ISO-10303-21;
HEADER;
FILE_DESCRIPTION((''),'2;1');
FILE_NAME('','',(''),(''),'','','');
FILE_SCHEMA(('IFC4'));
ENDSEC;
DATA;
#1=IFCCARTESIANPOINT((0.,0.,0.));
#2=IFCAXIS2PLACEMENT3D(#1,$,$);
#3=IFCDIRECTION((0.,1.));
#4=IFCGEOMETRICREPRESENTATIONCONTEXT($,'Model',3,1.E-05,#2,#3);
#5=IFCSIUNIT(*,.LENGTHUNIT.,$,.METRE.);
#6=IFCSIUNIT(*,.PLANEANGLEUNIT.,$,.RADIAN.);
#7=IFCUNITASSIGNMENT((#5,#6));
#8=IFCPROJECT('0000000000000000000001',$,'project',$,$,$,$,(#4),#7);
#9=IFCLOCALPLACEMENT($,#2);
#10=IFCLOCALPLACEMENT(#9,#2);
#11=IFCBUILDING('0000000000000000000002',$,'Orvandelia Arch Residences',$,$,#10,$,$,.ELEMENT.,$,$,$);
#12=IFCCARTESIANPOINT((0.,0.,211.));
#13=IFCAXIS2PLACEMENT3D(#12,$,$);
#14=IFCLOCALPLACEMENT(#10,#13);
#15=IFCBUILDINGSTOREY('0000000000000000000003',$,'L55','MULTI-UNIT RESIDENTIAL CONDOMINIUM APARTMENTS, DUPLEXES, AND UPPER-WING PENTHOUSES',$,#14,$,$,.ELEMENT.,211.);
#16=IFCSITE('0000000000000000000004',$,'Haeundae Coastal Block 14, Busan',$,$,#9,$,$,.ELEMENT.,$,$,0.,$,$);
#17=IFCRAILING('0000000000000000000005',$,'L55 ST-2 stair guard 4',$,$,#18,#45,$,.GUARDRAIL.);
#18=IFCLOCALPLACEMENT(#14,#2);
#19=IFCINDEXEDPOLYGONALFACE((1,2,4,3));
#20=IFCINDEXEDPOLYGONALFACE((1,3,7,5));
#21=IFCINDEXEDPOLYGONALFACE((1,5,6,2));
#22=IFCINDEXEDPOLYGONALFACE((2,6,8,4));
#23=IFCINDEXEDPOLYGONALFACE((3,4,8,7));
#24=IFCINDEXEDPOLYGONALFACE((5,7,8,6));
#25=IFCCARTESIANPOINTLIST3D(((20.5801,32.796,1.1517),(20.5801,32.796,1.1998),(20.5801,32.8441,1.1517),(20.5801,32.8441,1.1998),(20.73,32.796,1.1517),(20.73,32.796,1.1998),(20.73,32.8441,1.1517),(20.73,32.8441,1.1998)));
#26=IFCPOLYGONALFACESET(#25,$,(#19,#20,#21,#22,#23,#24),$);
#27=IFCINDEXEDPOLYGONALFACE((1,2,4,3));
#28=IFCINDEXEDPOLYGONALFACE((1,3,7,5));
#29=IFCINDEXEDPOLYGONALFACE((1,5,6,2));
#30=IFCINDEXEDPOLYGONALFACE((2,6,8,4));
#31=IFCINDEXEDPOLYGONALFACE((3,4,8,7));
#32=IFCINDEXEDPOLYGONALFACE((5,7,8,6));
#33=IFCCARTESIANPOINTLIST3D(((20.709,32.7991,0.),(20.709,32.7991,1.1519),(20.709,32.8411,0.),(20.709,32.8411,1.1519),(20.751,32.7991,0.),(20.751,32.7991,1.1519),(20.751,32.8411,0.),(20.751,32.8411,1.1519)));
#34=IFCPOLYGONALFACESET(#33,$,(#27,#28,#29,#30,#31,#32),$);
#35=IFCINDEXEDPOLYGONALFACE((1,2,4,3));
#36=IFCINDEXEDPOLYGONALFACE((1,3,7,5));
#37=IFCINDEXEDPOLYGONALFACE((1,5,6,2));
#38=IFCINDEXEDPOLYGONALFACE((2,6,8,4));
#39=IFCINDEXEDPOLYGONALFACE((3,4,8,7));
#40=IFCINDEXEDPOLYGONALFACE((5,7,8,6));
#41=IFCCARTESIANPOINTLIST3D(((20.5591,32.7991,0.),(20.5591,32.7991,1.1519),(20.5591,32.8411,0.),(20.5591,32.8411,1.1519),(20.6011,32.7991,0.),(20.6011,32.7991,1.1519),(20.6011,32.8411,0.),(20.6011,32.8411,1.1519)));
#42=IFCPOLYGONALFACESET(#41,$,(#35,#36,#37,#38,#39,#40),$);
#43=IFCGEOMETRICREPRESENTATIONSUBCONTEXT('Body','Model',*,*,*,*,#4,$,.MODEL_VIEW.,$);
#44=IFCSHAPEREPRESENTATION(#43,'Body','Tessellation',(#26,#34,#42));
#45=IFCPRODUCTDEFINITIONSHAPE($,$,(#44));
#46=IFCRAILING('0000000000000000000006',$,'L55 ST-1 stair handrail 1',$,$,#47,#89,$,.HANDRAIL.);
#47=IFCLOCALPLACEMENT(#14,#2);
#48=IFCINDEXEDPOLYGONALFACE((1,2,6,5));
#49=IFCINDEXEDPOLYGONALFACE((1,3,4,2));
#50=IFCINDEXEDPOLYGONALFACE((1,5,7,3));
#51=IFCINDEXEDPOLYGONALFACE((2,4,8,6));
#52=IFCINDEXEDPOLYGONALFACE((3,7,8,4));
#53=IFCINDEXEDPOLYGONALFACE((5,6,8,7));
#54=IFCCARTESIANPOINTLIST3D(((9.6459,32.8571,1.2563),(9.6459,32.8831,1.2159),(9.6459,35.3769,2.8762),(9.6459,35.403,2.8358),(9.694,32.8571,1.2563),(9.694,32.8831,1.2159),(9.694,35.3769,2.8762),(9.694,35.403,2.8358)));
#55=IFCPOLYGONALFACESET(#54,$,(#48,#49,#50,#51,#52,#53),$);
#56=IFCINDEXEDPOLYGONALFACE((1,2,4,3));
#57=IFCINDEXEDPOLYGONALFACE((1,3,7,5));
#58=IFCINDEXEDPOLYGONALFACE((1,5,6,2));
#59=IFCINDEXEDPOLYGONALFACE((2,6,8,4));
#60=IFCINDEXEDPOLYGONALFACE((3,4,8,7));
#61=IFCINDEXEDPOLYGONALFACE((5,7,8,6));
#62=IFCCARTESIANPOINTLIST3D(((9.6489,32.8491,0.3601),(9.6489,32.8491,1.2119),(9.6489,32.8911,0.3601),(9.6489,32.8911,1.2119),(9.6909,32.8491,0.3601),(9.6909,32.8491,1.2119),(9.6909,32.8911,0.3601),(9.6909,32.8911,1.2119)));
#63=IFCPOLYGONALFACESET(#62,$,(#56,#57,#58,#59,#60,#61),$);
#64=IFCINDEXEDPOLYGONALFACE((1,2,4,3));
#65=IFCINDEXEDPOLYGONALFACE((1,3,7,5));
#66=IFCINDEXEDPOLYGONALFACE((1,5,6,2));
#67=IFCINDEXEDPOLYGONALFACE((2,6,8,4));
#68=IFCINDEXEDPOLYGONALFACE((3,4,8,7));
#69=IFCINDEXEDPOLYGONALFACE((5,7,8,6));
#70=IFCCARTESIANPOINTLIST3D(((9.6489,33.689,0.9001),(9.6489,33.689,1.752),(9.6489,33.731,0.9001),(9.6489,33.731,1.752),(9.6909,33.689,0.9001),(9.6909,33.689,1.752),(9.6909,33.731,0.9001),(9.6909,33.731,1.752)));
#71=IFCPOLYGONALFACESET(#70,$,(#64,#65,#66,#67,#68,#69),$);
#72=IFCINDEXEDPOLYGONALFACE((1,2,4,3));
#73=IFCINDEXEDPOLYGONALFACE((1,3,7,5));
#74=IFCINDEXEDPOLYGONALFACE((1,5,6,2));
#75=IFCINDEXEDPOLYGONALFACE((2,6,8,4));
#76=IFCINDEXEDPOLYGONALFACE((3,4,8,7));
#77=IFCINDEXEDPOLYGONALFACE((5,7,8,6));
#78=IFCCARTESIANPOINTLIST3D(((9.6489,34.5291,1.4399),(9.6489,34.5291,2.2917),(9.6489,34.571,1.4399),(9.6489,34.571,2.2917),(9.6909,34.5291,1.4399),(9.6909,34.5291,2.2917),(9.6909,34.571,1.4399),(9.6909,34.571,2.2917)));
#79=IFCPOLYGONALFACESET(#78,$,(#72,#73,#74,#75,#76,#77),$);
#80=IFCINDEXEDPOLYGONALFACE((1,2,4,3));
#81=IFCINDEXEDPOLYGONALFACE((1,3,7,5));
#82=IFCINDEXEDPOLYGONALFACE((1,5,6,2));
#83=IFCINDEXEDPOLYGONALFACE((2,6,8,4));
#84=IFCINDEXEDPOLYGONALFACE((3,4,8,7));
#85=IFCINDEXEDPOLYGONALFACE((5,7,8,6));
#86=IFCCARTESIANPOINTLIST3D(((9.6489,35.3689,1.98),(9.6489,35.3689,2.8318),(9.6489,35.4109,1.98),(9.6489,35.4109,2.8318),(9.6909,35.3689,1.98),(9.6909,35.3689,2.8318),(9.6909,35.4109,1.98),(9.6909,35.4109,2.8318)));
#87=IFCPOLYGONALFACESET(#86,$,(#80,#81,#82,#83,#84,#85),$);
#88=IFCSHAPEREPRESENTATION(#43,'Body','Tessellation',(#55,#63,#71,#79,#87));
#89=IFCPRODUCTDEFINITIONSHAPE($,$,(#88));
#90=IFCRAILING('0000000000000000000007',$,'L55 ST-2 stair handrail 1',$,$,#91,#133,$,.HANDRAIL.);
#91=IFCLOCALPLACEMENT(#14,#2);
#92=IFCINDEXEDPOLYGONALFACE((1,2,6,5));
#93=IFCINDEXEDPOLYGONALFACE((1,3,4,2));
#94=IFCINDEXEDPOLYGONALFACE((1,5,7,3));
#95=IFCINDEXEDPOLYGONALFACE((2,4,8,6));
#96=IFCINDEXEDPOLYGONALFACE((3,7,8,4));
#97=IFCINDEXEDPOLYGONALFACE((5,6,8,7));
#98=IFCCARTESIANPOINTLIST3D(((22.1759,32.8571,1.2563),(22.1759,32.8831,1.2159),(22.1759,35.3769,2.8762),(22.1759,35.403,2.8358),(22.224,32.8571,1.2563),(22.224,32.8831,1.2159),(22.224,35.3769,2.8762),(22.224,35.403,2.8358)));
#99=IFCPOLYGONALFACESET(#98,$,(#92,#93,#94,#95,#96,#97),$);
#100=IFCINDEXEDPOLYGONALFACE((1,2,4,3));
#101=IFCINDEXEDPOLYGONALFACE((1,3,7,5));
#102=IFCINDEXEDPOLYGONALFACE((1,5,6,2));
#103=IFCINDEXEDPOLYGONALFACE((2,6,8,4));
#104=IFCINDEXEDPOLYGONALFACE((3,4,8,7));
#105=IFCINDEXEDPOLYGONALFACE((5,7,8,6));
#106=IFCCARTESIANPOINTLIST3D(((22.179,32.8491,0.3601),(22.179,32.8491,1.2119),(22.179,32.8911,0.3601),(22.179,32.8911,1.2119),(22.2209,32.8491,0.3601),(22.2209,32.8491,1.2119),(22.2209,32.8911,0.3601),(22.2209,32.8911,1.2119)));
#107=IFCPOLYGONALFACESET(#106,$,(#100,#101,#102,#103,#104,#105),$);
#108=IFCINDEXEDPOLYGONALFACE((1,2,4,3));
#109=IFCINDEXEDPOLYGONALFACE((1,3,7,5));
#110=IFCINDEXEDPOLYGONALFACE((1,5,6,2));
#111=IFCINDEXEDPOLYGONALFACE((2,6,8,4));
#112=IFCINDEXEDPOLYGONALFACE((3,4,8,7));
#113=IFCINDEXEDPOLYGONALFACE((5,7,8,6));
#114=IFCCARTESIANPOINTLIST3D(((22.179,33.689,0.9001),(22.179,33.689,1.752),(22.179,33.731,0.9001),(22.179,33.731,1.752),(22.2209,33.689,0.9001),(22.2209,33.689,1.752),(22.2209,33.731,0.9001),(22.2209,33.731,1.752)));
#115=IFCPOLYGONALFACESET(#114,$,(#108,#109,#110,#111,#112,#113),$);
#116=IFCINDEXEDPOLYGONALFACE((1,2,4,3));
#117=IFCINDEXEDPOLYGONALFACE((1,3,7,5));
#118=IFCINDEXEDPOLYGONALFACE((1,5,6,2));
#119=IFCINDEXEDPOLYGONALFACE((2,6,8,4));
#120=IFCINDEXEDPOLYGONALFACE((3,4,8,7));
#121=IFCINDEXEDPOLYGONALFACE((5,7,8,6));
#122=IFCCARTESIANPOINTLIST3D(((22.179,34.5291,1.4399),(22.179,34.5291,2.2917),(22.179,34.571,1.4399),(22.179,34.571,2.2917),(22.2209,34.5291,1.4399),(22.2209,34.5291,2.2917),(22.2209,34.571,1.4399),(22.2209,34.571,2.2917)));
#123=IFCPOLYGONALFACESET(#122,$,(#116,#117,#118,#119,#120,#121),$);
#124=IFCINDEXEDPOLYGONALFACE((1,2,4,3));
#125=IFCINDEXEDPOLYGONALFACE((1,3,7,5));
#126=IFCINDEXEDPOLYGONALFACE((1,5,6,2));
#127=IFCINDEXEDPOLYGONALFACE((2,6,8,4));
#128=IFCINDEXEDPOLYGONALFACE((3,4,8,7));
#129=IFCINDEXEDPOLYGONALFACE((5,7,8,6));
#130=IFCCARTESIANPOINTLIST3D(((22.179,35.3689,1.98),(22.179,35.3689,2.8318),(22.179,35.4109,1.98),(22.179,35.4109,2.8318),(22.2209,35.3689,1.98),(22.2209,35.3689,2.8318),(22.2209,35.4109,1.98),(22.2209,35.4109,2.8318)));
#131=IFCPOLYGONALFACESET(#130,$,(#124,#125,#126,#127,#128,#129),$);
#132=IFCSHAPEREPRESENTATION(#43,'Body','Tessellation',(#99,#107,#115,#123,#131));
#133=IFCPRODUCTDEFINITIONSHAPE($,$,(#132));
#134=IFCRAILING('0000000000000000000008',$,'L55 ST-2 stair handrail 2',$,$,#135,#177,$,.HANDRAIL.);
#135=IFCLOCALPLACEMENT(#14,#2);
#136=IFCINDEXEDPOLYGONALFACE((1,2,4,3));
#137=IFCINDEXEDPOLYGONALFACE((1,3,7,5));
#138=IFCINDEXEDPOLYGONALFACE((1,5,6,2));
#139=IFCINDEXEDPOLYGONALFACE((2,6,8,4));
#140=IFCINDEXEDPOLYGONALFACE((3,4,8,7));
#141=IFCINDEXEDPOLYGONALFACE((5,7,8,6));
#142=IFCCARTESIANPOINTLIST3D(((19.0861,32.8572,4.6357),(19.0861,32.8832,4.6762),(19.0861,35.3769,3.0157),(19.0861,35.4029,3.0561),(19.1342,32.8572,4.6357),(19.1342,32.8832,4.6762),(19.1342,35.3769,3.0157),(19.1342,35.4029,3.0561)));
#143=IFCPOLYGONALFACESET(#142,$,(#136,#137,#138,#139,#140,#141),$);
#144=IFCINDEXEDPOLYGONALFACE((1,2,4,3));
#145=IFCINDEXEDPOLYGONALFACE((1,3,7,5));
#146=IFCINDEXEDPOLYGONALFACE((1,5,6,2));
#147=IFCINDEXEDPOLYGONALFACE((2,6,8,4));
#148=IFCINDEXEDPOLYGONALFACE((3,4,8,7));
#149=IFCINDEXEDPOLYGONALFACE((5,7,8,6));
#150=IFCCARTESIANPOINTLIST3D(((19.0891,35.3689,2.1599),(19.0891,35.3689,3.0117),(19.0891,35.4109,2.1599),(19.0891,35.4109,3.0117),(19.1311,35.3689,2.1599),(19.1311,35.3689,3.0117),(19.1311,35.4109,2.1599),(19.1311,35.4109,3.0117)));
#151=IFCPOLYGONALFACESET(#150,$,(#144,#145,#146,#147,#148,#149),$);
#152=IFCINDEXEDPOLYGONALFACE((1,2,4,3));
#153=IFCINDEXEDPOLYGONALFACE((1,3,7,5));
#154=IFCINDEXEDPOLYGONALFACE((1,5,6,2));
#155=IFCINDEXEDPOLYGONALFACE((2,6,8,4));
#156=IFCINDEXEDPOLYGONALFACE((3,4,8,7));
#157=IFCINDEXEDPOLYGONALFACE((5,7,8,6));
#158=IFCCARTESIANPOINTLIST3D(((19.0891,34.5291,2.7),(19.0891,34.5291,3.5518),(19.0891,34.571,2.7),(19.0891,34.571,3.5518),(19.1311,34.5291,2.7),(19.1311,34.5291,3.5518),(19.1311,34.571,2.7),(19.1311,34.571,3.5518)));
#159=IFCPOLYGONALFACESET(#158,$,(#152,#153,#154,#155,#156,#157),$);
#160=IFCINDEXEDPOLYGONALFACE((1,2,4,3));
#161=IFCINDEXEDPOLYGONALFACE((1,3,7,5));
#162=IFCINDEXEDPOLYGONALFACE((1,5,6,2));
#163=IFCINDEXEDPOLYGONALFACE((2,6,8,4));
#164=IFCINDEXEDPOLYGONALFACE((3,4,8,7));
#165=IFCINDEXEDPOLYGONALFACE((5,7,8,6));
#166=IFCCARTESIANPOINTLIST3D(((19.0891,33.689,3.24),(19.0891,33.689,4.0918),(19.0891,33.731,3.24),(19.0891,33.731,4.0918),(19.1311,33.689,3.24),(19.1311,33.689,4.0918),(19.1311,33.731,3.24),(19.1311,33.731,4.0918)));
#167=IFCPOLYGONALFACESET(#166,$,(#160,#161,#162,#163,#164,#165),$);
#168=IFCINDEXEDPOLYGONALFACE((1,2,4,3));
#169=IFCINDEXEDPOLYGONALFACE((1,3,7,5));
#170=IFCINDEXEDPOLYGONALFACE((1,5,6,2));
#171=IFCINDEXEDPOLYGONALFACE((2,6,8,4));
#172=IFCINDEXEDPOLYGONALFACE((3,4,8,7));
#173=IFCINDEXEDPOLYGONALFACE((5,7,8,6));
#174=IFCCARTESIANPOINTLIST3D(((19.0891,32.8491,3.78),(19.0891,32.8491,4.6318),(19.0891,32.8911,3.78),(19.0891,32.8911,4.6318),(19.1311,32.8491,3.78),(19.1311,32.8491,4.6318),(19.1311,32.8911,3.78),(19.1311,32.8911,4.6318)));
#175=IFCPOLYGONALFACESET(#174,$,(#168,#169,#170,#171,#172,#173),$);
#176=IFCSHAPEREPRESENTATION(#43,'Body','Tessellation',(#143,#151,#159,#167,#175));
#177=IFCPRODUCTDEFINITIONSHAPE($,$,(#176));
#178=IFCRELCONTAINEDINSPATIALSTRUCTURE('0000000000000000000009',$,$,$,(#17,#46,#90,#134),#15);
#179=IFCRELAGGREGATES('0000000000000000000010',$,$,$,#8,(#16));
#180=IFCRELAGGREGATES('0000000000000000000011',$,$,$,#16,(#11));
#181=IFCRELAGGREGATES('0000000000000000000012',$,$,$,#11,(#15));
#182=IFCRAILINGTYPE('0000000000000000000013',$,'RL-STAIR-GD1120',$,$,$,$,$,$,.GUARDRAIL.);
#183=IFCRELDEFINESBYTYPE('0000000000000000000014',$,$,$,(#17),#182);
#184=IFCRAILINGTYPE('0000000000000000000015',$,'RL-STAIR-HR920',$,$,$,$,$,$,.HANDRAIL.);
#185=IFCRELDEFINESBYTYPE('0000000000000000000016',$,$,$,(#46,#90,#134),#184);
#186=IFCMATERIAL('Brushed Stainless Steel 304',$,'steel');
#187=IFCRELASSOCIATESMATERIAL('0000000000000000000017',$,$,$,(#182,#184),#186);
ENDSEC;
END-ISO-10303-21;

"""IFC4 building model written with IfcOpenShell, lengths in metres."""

from ifc_helpers import new_model, si_unit, direction, frame, origin, origin_2d, place, context, subcontext, project, spatial, rectangle, extrude, material, type_object, element, save


model = new_model("IFC4")

# Units and contexts
model_context = context("Model", 3, precision=1e-05, world=origin(), true_north=direction((0.0, 1.0)))
body_context = subcontext(model_context, "Body", "Model", "MODEL_VIEW")
ifc_project = project(units=[si_unit("LENGTHUNIT", "METRE"), si_unit("PLANEANGLEUNIT", "RADIAN")], contexts=[model_context])

# Site, building, storey
site_placement = place(None, origin())
site = spatial("IfcSite", under=ifc_project, at=site_placement, Name="Haeundae Coastal Block 14, Busan", CompositionType="ELEMENT", RefElevation=0.0)
building_placement = place(site_placement, origin())
building = spatial("IfcBuilding", under=site, at=building_placement, Name="Orvandelia Arch Residences", CompositionType="ELEMENT")
storey_placement = place(building_placement, frame((0.0, 0.0, 211.0)))
storey = spatial("IfcBuildingStorey", under=building, at=storey_placement, Name="L55", Description="MULTI-UNIT RESIDENTIAL CONDOMINIUM APARTMENTS, DUPLEXES, AND UPPER-WING PENTHOUSES", CompositionType="ELEMENT", Elevation=211.0)

# Railings
ifc_material_1 = material(Name="Brushed Stainless Steel 304", Category="steel")
railing_type_1 = type_object("IfcRailingType", Name="RL-STAIR-GD1120", PredefinedType="GUARDRAIL", material=ifc_material_1)
railing_1_placement = place(storey_placement, frame((20.73, 32.8201, 0.0)))
element("IfcRailing", 1, at=railing_1_placement, inside=storey, type_object=railing_type_1, Name="L55 ST-2 stair guard 4", PredefinedType="GUARDRAIL", context=body_context, shape_type="SweptSolid", body=[
    extrude(rectangle(XDim=0.0481, YDim=0.0481, at=origin_2d()), frame((0.0, 0.0, 1.1758), z_axis=(-1.0, 0.0, 0.0), x_axis=(0.0, -1.0, 0.0)), (0.0, 0.0, 1.0), 0.1499),
    extrude(rectangle(XDim=0.042, YDim=0.042, at=origin_2d()), origin(), (0.0, 0.0, 1.0), 1.1519),
    extrude(rectangle(XDim=0.042, YDim=0.042, at=origin_2d()), frame((-0.1499, 0.0, 0.0)), (0.0, 0.0, 1.0), 1.1519),
])
railing_type_2 = type_object("IfcRailingType", Name="RL-STAIR-HR920", PredefinedType="HANDRAIL", material=ifc_material_1)
for number, where, name in (
    (2, (9.6699, 32.8701, 0.3601), "L55 ST-1 stair handrail 1"),
    (3, (22.2, 32.8701, 0.3601), "L55 ST-2 stair handrail 1"),
):
    element("IfcRailing", number, at=place(storey_placement, frame(where)), inside=storey, type_object=railing_type_2, Name=name, PredefinedType="HANDRAIL", context=body_context, shape_type="SweptSolid", body=[
        extrude(rectangle(XDim=0.0481, YDim=0.0481, at=origin_2d()), frame((0.0, 0.0, 0.876), z_axis=(0.0, 0.841176, 0.540762), x_axis=(-1.0, 0.0, 0.0)), (0.0, 0.0, 1.0), 2.9956),
        extrude(rectangle(XDim=0.042, YDim=0.042, at=origin_2d()), origin(), (0.0, 0.0, 1.0), 0.8518),
        extrude(rectangle(XDim=0.042, YDim=0.042, at=origin_2d()), frame((0.0, 0.8398, 0.54)), (0.0, 0.0, 1.0), 0.8518),
        extrude(rectangle(XDim=0.042, YDim=0.042, at=origin_2d()), frame((0.0, 1.6799, 1.0798)), (0.0, 0.0, 1.0), 0.8518),
        extrude(rectangle(XDim=0.042, YDim=0.042, at=origin_2d()), frame((0.0, 2.5198, 1.6199)), (0.0, 0.0, 1.0), 0.8518),
    ])
railing_2_placement = place(storey_placement, frame((19.1101, 35.3899, 2.1599)))
element("IfcRailing", 4, at=railing_2_placement, inside=storey, type_object=railing_type_2, Name="L55 ST-2 stair handrail 2", PredefinedType="HANDRAIL", context=body_context, shape_type="SweptSolid", body=[
    extrude(rectangle(XDim=0.0481, YDim=0.0481, at=origin_2d()), frame((0.0, 0.0, 0.876), z_axis=(0.0, -0.841139, 0.540819), x_axis=(1.0, 0.0, 0.0)), (0.0, 0.0, 1.0), 2.9956),
    extrude(rectangle(XDim=0.042, YDim=0.042, at=origin_2d()), origin(), (0.0, 0.0, 1.0), 0.8518),
    extrude(rectangle(XDim=0.042, YDim=0.042, at=origin_2d()), frame((0.0, -0.8398, 0.54)), (0.0, 0.0, 1.0), 0.8518),
    extrude(rectangle(XDim=0.042, YDim=0.042, at=origin_2d()), frame((0.0, -1.6799, 1.0801)), (0.0, 0.0, 1.0), 0.8518),
    extrude(rectangle(XDim=0.042, YDim=0.042, at=origin_2d()), frame((0.0, -2.5198, 1.6201)), (0.0, 0.0, 1.0), 0.8518),
])

save(model, "model.ifc")
